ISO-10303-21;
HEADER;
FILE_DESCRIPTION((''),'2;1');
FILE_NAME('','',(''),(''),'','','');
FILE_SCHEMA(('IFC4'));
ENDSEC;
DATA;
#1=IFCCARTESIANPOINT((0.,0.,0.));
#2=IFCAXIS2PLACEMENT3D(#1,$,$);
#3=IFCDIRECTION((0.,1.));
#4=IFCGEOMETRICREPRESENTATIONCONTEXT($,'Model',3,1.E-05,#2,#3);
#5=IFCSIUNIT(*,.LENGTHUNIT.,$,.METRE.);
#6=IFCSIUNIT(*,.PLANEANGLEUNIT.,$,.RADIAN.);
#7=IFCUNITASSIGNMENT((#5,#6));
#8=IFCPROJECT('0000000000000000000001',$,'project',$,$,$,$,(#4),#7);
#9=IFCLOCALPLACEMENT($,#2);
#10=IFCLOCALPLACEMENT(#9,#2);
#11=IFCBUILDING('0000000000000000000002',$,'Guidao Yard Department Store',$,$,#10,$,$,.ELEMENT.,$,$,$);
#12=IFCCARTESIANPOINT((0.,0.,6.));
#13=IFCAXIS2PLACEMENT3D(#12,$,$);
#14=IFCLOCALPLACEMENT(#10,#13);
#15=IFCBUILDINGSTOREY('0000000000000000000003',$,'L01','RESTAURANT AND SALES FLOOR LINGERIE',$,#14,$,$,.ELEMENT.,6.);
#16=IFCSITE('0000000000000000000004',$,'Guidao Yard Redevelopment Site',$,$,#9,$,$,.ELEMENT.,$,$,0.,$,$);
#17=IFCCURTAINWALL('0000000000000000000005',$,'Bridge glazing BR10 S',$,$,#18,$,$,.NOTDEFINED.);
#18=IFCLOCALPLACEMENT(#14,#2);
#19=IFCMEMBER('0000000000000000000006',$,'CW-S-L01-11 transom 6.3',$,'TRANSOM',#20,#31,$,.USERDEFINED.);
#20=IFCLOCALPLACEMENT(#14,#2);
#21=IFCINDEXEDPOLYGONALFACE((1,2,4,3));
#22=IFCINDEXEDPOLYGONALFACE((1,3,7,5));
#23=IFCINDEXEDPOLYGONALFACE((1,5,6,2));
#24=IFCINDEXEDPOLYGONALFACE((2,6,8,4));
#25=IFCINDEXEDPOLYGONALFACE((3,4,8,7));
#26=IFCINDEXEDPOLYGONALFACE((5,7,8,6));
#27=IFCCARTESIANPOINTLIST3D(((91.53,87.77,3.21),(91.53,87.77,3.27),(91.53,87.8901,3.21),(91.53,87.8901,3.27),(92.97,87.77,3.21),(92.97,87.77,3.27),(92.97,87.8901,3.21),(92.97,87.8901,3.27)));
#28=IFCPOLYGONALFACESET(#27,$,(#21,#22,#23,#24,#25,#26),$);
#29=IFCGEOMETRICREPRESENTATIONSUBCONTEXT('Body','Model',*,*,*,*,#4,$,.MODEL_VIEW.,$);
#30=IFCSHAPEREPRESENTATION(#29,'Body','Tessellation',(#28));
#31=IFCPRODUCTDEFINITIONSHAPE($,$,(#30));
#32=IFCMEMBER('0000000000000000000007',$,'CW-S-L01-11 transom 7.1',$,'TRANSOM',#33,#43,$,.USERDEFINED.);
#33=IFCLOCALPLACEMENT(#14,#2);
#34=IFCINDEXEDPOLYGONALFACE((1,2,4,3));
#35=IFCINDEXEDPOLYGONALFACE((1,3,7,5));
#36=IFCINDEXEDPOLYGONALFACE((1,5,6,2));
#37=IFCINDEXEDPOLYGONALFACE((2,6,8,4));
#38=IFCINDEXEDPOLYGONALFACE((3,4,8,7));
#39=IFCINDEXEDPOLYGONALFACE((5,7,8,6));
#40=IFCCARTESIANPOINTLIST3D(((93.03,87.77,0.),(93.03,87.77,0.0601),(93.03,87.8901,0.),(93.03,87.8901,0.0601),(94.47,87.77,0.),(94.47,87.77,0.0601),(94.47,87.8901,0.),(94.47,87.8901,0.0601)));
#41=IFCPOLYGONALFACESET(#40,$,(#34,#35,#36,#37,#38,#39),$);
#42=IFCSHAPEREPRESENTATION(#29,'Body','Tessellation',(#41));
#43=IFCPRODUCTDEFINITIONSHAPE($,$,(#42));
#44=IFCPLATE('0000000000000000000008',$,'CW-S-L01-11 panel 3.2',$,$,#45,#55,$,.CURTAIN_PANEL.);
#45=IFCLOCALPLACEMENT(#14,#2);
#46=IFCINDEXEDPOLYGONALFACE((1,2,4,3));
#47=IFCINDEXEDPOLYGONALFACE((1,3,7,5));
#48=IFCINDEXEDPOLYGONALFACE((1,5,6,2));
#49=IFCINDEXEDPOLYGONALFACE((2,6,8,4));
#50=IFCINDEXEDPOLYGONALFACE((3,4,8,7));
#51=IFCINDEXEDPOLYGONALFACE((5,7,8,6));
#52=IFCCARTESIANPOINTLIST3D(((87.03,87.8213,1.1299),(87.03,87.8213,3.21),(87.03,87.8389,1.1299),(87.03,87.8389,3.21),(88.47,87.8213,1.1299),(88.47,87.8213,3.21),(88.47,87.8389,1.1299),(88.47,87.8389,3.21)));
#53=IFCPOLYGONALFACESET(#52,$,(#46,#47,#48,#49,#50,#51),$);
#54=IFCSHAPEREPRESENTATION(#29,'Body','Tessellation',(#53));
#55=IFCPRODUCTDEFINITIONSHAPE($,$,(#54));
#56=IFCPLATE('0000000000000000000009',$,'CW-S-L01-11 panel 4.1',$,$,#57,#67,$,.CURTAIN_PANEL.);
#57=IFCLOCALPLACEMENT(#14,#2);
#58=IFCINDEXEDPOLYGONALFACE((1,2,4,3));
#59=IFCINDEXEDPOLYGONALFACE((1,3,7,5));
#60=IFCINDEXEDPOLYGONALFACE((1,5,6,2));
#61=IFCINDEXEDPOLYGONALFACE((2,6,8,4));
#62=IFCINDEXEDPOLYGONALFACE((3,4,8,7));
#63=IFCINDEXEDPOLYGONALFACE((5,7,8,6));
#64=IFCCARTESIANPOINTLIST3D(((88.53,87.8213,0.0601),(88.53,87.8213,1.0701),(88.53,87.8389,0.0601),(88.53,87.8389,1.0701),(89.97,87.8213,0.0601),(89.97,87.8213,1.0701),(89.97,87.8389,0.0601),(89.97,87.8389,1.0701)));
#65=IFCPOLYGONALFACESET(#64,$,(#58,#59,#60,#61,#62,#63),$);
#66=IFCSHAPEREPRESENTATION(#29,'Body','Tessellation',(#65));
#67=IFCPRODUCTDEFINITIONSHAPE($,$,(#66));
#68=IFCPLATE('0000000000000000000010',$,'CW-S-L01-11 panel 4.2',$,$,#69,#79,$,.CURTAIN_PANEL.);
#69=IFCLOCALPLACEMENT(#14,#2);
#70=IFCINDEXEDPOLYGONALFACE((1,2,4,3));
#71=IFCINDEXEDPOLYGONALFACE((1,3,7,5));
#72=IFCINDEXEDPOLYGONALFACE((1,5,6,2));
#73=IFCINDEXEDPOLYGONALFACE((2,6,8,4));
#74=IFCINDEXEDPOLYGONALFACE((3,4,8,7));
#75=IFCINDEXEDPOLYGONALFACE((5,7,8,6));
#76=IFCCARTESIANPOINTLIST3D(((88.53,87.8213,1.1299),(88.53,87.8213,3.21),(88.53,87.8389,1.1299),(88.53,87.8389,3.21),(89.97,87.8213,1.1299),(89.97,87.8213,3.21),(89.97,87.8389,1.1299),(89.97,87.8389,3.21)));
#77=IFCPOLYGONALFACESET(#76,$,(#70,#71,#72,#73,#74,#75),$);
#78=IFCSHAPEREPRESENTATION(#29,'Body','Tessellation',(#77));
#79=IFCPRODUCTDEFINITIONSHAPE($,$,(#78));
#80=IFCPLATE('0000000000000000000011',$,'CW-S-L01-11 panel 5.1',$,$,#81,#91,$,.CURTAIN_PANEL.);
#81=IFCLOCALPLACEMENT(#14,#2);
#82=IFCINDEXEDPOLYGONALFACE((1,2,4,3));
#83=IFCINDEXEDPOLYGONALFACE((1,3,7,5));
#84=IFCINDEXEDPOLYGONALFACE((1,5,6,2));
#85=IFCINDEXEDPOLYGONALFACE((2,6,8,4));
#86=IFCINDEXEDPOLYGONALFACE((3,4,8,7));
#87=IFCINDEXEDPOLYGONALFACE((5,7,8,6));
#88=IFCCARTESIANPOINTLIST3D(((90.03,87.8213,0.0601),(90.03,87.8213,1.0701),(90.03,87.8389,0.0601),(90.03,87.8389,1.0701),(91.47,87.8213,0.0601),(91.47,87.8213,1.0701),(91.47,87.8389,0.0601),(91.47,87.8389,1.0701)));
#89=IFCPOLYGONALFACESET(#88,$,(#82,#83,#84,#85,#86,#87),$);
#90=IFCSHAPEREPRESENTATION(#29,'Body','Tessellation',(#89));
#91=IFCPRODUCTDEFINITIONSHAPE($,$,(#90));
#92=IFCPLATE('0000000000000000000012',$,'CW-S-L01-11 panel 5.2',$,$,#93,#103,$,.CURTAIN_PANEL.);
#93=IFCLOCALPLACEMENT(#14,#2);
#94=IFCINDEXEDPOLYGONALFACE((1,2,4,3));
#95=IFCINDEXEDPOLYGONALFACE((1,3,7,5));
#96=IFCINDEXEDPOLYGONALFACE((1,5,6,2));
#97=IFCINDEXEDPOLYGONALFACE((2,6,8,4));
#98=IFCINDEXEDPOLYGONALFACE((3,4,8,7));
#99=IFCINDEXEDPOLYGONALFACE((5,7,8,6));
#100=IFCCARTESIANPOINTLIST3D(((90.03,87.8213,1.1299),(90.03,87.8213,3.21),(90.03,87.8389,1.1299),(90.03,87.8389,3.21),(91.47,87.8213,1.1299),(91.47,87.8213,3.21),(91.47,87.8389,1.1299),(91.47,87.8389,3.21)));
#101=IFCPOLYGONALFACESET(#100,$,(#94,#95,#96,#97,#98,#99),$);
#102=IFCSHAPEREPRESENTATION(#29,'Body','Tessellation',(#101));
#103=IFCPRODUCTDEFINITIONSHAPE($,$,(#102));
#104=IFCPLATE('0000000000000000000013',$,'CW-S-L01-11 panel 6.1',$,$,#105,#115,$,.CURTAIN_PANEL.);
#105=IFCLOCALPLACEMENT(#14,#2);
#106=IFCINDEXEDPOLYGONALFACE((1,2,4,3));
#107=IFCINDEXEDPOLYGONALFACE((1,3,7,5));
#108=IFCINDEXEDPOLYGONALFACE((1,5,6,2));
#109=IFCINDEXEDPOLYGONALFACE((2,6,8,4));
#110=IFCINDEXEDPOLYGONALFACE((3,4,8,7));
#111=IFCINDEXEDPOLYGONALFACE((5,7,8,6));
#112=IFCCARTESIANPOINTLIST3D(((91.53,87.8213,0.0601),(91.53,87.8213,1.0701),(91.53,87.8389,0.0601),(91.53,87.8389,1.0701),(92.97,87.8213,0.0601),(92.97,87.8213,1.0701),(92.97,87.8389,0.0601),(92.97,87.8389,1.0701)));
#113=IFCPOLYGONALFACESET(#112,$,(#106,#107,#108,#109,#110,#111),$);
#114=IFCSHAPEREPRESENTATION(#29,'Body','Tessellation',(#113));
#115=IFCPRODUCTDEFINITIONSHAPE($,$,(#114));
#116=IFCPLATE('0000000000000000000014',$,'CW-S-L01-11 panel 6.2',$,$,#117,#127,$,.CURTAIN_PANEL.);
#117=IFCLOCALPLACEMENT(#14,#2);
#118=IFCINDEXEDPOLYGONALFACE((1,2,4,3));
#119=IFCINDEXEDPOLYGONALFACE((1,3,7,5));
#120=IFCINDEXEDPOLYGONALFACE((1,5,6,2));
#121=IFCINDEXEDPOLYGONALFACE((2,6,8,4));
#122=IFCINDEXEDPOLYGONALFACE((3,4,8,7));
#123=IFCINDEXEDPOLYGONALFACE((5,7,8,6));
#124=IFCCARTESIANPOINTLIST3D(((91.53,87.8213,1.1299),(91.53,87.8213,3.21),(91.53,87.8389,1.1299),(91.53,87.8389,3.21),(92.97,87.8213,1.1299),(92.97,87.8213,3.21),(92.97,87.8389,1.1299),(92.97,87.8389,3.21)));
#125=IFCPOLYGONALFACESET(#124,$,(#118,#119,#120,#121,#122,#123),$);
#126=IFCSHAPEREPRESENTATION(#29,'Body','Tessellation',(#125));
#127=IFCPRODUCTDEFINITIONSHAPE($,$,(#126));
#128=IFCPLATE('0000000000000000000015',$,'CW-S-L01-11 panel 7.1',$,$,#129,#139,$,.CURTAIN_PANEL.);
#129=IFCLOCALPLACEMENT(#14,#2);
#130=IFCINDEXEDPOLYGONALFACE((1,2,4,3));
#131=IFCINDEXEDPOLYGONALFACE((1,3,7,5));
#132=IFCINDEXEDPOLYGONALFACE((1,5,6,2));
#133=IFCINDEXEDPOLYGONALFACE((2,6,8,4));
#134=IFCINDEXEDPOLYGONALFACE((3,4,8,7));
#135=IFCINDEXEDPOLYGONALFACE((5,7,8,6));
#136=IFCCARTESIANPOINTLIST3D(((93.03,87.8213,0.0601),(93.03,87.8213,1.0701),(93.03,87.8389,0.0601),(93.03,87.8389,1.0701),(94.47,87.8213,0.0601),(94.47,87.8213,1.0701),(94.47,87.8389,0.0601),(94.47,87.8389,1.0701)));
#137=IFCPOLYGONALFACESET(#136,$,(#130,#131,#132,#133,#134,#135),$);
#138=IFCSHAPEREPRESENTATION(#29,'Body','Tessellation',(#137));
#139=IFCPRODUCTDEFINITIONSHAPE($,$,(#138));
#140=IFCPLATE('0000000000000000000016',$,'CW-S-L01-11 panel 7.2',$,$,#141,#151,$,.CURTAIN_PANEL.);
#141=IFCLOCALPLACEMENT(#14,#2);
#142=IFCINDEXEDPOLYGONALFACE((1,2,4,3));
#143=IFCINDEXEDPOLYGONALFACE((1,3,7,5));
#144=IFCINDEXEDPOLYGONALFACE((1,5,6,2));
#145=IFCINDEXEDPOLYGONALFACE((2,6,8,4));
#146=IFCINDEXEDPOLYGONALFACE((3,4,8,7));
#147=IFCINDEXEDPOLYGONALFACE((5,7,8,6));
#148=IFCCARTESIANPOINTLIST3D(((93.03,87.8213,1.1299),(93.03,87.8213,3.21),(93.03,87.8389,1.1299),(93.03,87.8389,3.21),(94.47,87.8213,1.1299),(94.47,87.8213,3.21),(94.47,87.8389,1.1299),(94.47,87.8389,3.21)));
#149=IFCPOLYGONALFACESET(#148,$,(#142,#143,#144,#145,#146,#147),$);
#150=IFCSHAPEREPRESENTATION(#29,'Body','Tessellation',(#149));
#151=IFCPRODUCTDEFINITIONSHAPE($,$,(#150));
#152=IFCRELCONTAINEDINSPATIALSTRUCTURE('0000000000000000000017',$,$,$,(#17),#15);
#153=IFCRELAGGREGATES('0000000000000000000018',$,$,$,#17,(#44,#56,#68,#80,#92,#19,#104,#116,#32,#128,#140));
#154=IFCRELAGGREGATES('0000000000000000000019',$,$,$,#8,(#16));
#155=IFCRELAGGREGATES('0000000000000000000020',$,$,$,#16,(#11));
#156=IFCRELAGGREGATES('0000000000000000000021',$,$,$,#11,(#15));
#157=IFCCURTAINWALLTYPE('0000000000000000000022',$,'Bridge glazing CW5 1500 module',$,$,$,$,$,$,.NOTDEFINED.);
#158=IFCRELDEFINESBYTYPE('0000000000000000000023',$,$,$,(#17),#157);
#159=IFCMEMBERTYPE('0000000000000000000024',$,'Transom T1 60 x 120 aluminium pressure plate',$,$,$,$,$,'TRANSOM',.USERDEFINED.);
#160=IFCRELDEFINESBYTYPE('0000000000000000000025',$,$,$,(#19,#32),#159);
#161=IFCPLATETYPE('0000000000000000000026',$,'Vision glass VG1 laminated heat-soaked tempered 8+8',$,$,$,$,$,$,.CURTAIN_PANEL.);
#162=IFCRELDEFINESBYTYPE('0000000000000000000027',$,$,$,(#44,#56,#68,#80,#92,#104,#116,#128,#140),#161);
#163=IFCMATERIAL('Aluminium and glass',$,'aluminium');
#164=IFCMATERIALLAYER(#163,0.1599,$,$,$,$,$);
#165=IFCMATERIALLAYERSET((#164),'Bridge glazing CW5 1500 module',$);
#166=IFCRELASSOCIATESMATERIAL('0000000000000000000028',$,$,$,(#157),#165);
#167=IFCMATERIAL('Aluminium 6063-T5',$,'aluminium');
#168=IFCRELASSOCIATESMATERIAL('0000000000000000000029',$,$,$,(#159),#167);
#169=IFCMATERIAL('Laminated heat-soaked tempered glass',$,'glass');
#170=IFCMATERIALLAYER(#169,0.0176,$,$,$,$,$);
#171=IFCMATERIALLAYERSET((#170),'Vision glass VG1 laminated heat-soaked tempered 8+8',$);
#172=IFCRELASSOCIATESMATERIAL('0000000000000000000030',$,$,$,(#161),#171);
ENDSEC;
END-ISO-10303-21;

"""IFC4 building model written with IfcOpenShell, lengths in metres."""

from ifc_helpers import new_model, si_unit, direction, frame, origin, origin_2d, place, context, subcontext, project, spatial, rectangle, extrude, material, layer, layer_set, material_profile, profile_set, type_object, element, aggregate, save


model = new_model("IFC4")

# Units and contexts
model_context = context("Model", 3, precision=1e-05, world=origin(), true_north=direction((0.0, 1.0)))
body_context = subcontext(model_context, "Body", "Model", "MODEL_VIEW")
ifc_project = project(units=[si_unit("LENGTHUNIT", "METRE"), si_unit("PLANEANGLEUNIT", "RADIAN")], contexts=[model_context])

# Site, building, storey
site_placement = place(None, origin())
site = spatial("IfcSite", under=ifc_project, at=site_placement, Name="Guidao Yard Redevelopment Site", CompositionType="ELEMENT", RefElevation=0.0)
building_placement = place(site_placement, origin())
building = spatial("IfcBuilding", under=site, at=building_placement, Name="Guidao Yard Department Store", CompositionType="ELEMENT")
storey_placement = place(building_placement, frame((0.0, 0.0, 6.0)))
storey = spatial("IfcBuildingStorey", under=building, at=storey_placement, Name="L01", Description="RESTAURANT AND SALES FLOOR LINGERIE", CompositionType="ELEMENT", Elevation=6.0)

# Curtain wall, members, plates
ifc_material_1 = material(Name="Aluminium and glass", Category="aluminium")
ifc_layer_1 = layer(ifc_material_1, 0.1599)
ifc_layer_set_1 = layer_set([ifc_layer_1], Name="Bridge glazing CW5 1500 module")
curtain_wall_type = type_object("IfcCurtainWallType", Name="Bridge glazing CW5 1500 module", PredefinedType="NOTDEFINED", material=ifc_layer_set_1)
curtain_wall_placement = place(storey_placement, origin())
curtain_wall = element("IfcCurtainWall", 1, at=curtain_wall_placement, inside=storey, type_object=curtain_wall_type, Name="Bridge glazing BR10 S", PredefinedType="NOTDEFINED")
ifc_material_2 = material(Name="Aluminium 6063-T5", Category="aluminium")
ifc_material_profile_1 = material_profile(ifc_material_2, rectangle(XDim=0.1201, YDim=0.0601, at=origin_2d()), Name="Transom T1 60 x 120 aluminium pressure plate")
ifc_profile_set_1 = profile_set([ifc_material_profile_1], Name="Aluminium 6063-T5")
member_type_1 = type_object("IfcMemberType", Name="Transom T1 60 x 120 aluminium pressure plate", ElementType="TRANSOM", PredefinedType="USERDEFINED", material=ifc_profile_set_1)
member_1_placement = place(storey_placement, frame((92.97, 87.8301, 3.24), z_axis=(-1.0, 0.0, 0.0), x_axis=(0.0, -1.0, 0.0)))
member_1 = element("IfcMember", 2, at=member_1_placement, type_object=member_type_1, Name="CW-S-L01-11 transom 6.3", ObjectType="TRANSOM", PredefinedType="USERDEFINED", context=body_context, shape_type="SweptSolid", body=[
    extrude(rectangle(XDim=0.1201, YDim=0.0601, at=origin_2d()), origin(), (0.0, 0.0, 1.0), 1.4399),
])
member_2_placement = place(storey_placement, frame((94.47, 87.8301, 0.03), z_axis=(-1.0, 0.0, 0.0), x_axis=(0.0, -1.0, 0.0)))
member_2 = element("IfcMember", 3, at=member_2_placement, type_object=member_type_1, Name="CW-S-L01-11 transom 7.1", ObjectType="TRANSOM", PredefinedType="USERDEFINED", context=body_context, shape_type="SweptSolid", body=[
    extrude(rectangle(XDim=0.1201, YDim=0.0601, at=origin_2d()), origin(), (0.0, 0.0, 1.0), 1.4399),
])
ifc_material_3 = material(Name="Laminated heat-soaked tempered glass", Category="glass")
ifc_layer_2 = layer(ifc_material_3, 0.0176)
ifc_layer_set_2 = layer_set([ifc_layer_2], Name="Vision glass VG1 laminated heat-soaked tempered 8+8")
plate_type = type_object("IfcPlateType", Name="Vision glass VG1 laminated heat-soaked tempered 8+8", PredefinedType="CURTAIN_PANEL", material=ifc_layer_set_2)
plate_1_placement = place(storey_placement, frame((87.75, 87.8301, 1.1299), z_axis=(0.0, 0.0, 1.0), x_axis=(-1.0, 0.0, 0.0)))
plate_1 = element("IfcPlate", 4, at=plate_1_placement, type_object=plate_type, Name="CW-S-L01-11 panel 3.2", PredefinedType="CURTAIN_PANEL", context=body_context, shape_type="SweptSolid", body=[
    extrude(rectangle(XDim=1.4399, YDim=0.0176, at=origin_2d()), origin(), (0.0, 0.0, 1.0), 2.0801),
])
plate_2_placement = place(storey_placement, frame((89.25, 87.8301, 0.0601), z_axis=(0.0, 0.0, 1.0), x_axis=(-1.0, 0.0, 0.0)))
plate_2 = element("IfcPlate", 5, at=plate_2_placement, type_object=plate_type, Name="CW-S-L01-11 panel 4.1", PredefinedType="CURTAIN_PANEL", context=body_context, shape_type="SweptSolid", body=[
    extrude(rectangle(XDim=1.4399, YDim=0.0176, at=origin_2d()), origin(), (0.0, 0.0, 1.0), 1.01),
])
plate_3_placement = place(storey_placement, frame((89.25, 87.8301, 1.1299), z_axis=(0.0, 0.0, 1.0), x_axis=(-1.0, 0.0, 0.0)))
plate_3 = element("IfcPlate", 6, at=plate_3_placement, type_object=plate_type, Name="CW-S-L01-11 panel 4.2", PredefinedType="CURTAIN_PANEL", context=body_context, shape_type="SweptSolid", body=[
    extrude(rectangle(XDim=1.4399, YDim=0.0176, at=origin_2d()), origin(), (0.0, 0.0, 1.0), 2.0801),
])
plate_4_placement = place(storey_placement, frame((90.75, 87.8301, 0.0601), z_axis=(0.0, 0.0, 1.0), x_axis=(-1.0, 0.0, 0.0)))
plate_4 = element("IfcPlate", 7, at=plate_4_placement, type_object=plate_type, Name="CW-S-L01-11 panel 5.1", PredefinedType="CURTAIN_PANEL", context=body_context, shape_type="SweptSolid", body=[
    extrude(rectangle(XDim=1.4399, YDim=0.0176, at=origin_2d()), origin(), (0.0, 0.0, 1.0), 1.01),
])
plate_5_placement = place(storey_placement, frame((90.75, 87.8301, 1.1299), z_axis=(0.0, 0.0, 1.0), x_axis=(-1.0, 0.0, 0.0)))
plate_5 = element("IfcPlate", 8, at=plate_5_placement, type_object=plate_type, Name="CW-S-L01-11 panel 5.2", PredefinedType="CURTAIN_PANEL", context=body_context, shape_type="SweptSolid", body=[
    extrude(rectangle(XDim=1.4399, YDim=0.0176, at=origin_2d()), origin(), (0.0, 0.0, 1.0), 2.0801),
])
plate_6_placement = place(storey_placement, frame((92.25, 87.8301, 0.0601), z_axis=(0.0, 0.0, 1.0), x_axis=(-1.0, 0.0, 0.0)))
plate_6 = element("IfcPlate", 9, at=plate_6_placement, type_object=plate_type, Name="CW-S-L01-11 panel 6.1", PredefinedType="CURTAIN_PANEL", context=body_context, shape_type="SweptSolid", body=[
    extrude(rectangle(XDim=1.4399, YDim=0.0176, at=origin_2d()), origin(), (0.0, 0.0, 1.0), 1.01),
])
plate_7_placement = place(storey_placement, frame((92.25, 87.8301, 1.1299), z_axis=(0.0, 0.0, 1.0), x_axis=(-1.0, 0.0, 0.0)))
plate_7 = element("IfcPlate", 10, at=plate_7_placement, type_object=plate_type, Name="CW-S-L01-11 panel 6.2", PredefinedType="CURTAIN_PANEL", context=body_context, shape_type="SweptSolid", body=[
    extrude(rectangle(XDim=1.4399, YDim=0.0176, at=origin_2d()), origin(), (0.0, 0.0, 1.0), 2.0801),
])
plate_8_placement = place(storey_placement, frame((93.75, 87.8301, 0.0601), z_axis=(0.0, 0.0, 1.0), x_axis=(-1.0, 0.0, 0.0)))
plate_8 = element("IfcPlate", 11, at=plate_8_placement, type_object=plate_type, Name="CW-S-L01-11 panel 7.1", PredefinedType="CURTAIN_PANEL", context=body_context, shape_type="SweptSolid", body=[
    extrude(rectangle(XDim=1.4399, YDim=0.0176, at=origin_2d()), origin(), (0.0, 0.0, 1.0), 1.01),
])
plate_9_placement = place(storey_placement, frame((93.75, 87.8301, 1.1299), z_axis=(0.0, 0.0, 1.0), x_axis=(-1.0, 0.0, 0.0)))
plate_9 = element("IfcPlate", 12, at=plate_9_placement, type_object=plate_type, Name="CW-S-L01-11 panel 7.2", PredefinedType="CURTAIN_PANEL", context=body_context, shape_type="SweptSolid", body=[
    extrude(rectangle(XDim=1.4399, YDim=0.0176, at=origin_2d()), origin(), (0.0, 0.0, 1.0), 2.0801),
])
aggregate(curtain_wall, [plate_1, plate_2, plate_3, plate_4, plate_5, member_1, plate_6, plate_7, member_2, plate_8, plate_9])

save(model, "model.ifc")
